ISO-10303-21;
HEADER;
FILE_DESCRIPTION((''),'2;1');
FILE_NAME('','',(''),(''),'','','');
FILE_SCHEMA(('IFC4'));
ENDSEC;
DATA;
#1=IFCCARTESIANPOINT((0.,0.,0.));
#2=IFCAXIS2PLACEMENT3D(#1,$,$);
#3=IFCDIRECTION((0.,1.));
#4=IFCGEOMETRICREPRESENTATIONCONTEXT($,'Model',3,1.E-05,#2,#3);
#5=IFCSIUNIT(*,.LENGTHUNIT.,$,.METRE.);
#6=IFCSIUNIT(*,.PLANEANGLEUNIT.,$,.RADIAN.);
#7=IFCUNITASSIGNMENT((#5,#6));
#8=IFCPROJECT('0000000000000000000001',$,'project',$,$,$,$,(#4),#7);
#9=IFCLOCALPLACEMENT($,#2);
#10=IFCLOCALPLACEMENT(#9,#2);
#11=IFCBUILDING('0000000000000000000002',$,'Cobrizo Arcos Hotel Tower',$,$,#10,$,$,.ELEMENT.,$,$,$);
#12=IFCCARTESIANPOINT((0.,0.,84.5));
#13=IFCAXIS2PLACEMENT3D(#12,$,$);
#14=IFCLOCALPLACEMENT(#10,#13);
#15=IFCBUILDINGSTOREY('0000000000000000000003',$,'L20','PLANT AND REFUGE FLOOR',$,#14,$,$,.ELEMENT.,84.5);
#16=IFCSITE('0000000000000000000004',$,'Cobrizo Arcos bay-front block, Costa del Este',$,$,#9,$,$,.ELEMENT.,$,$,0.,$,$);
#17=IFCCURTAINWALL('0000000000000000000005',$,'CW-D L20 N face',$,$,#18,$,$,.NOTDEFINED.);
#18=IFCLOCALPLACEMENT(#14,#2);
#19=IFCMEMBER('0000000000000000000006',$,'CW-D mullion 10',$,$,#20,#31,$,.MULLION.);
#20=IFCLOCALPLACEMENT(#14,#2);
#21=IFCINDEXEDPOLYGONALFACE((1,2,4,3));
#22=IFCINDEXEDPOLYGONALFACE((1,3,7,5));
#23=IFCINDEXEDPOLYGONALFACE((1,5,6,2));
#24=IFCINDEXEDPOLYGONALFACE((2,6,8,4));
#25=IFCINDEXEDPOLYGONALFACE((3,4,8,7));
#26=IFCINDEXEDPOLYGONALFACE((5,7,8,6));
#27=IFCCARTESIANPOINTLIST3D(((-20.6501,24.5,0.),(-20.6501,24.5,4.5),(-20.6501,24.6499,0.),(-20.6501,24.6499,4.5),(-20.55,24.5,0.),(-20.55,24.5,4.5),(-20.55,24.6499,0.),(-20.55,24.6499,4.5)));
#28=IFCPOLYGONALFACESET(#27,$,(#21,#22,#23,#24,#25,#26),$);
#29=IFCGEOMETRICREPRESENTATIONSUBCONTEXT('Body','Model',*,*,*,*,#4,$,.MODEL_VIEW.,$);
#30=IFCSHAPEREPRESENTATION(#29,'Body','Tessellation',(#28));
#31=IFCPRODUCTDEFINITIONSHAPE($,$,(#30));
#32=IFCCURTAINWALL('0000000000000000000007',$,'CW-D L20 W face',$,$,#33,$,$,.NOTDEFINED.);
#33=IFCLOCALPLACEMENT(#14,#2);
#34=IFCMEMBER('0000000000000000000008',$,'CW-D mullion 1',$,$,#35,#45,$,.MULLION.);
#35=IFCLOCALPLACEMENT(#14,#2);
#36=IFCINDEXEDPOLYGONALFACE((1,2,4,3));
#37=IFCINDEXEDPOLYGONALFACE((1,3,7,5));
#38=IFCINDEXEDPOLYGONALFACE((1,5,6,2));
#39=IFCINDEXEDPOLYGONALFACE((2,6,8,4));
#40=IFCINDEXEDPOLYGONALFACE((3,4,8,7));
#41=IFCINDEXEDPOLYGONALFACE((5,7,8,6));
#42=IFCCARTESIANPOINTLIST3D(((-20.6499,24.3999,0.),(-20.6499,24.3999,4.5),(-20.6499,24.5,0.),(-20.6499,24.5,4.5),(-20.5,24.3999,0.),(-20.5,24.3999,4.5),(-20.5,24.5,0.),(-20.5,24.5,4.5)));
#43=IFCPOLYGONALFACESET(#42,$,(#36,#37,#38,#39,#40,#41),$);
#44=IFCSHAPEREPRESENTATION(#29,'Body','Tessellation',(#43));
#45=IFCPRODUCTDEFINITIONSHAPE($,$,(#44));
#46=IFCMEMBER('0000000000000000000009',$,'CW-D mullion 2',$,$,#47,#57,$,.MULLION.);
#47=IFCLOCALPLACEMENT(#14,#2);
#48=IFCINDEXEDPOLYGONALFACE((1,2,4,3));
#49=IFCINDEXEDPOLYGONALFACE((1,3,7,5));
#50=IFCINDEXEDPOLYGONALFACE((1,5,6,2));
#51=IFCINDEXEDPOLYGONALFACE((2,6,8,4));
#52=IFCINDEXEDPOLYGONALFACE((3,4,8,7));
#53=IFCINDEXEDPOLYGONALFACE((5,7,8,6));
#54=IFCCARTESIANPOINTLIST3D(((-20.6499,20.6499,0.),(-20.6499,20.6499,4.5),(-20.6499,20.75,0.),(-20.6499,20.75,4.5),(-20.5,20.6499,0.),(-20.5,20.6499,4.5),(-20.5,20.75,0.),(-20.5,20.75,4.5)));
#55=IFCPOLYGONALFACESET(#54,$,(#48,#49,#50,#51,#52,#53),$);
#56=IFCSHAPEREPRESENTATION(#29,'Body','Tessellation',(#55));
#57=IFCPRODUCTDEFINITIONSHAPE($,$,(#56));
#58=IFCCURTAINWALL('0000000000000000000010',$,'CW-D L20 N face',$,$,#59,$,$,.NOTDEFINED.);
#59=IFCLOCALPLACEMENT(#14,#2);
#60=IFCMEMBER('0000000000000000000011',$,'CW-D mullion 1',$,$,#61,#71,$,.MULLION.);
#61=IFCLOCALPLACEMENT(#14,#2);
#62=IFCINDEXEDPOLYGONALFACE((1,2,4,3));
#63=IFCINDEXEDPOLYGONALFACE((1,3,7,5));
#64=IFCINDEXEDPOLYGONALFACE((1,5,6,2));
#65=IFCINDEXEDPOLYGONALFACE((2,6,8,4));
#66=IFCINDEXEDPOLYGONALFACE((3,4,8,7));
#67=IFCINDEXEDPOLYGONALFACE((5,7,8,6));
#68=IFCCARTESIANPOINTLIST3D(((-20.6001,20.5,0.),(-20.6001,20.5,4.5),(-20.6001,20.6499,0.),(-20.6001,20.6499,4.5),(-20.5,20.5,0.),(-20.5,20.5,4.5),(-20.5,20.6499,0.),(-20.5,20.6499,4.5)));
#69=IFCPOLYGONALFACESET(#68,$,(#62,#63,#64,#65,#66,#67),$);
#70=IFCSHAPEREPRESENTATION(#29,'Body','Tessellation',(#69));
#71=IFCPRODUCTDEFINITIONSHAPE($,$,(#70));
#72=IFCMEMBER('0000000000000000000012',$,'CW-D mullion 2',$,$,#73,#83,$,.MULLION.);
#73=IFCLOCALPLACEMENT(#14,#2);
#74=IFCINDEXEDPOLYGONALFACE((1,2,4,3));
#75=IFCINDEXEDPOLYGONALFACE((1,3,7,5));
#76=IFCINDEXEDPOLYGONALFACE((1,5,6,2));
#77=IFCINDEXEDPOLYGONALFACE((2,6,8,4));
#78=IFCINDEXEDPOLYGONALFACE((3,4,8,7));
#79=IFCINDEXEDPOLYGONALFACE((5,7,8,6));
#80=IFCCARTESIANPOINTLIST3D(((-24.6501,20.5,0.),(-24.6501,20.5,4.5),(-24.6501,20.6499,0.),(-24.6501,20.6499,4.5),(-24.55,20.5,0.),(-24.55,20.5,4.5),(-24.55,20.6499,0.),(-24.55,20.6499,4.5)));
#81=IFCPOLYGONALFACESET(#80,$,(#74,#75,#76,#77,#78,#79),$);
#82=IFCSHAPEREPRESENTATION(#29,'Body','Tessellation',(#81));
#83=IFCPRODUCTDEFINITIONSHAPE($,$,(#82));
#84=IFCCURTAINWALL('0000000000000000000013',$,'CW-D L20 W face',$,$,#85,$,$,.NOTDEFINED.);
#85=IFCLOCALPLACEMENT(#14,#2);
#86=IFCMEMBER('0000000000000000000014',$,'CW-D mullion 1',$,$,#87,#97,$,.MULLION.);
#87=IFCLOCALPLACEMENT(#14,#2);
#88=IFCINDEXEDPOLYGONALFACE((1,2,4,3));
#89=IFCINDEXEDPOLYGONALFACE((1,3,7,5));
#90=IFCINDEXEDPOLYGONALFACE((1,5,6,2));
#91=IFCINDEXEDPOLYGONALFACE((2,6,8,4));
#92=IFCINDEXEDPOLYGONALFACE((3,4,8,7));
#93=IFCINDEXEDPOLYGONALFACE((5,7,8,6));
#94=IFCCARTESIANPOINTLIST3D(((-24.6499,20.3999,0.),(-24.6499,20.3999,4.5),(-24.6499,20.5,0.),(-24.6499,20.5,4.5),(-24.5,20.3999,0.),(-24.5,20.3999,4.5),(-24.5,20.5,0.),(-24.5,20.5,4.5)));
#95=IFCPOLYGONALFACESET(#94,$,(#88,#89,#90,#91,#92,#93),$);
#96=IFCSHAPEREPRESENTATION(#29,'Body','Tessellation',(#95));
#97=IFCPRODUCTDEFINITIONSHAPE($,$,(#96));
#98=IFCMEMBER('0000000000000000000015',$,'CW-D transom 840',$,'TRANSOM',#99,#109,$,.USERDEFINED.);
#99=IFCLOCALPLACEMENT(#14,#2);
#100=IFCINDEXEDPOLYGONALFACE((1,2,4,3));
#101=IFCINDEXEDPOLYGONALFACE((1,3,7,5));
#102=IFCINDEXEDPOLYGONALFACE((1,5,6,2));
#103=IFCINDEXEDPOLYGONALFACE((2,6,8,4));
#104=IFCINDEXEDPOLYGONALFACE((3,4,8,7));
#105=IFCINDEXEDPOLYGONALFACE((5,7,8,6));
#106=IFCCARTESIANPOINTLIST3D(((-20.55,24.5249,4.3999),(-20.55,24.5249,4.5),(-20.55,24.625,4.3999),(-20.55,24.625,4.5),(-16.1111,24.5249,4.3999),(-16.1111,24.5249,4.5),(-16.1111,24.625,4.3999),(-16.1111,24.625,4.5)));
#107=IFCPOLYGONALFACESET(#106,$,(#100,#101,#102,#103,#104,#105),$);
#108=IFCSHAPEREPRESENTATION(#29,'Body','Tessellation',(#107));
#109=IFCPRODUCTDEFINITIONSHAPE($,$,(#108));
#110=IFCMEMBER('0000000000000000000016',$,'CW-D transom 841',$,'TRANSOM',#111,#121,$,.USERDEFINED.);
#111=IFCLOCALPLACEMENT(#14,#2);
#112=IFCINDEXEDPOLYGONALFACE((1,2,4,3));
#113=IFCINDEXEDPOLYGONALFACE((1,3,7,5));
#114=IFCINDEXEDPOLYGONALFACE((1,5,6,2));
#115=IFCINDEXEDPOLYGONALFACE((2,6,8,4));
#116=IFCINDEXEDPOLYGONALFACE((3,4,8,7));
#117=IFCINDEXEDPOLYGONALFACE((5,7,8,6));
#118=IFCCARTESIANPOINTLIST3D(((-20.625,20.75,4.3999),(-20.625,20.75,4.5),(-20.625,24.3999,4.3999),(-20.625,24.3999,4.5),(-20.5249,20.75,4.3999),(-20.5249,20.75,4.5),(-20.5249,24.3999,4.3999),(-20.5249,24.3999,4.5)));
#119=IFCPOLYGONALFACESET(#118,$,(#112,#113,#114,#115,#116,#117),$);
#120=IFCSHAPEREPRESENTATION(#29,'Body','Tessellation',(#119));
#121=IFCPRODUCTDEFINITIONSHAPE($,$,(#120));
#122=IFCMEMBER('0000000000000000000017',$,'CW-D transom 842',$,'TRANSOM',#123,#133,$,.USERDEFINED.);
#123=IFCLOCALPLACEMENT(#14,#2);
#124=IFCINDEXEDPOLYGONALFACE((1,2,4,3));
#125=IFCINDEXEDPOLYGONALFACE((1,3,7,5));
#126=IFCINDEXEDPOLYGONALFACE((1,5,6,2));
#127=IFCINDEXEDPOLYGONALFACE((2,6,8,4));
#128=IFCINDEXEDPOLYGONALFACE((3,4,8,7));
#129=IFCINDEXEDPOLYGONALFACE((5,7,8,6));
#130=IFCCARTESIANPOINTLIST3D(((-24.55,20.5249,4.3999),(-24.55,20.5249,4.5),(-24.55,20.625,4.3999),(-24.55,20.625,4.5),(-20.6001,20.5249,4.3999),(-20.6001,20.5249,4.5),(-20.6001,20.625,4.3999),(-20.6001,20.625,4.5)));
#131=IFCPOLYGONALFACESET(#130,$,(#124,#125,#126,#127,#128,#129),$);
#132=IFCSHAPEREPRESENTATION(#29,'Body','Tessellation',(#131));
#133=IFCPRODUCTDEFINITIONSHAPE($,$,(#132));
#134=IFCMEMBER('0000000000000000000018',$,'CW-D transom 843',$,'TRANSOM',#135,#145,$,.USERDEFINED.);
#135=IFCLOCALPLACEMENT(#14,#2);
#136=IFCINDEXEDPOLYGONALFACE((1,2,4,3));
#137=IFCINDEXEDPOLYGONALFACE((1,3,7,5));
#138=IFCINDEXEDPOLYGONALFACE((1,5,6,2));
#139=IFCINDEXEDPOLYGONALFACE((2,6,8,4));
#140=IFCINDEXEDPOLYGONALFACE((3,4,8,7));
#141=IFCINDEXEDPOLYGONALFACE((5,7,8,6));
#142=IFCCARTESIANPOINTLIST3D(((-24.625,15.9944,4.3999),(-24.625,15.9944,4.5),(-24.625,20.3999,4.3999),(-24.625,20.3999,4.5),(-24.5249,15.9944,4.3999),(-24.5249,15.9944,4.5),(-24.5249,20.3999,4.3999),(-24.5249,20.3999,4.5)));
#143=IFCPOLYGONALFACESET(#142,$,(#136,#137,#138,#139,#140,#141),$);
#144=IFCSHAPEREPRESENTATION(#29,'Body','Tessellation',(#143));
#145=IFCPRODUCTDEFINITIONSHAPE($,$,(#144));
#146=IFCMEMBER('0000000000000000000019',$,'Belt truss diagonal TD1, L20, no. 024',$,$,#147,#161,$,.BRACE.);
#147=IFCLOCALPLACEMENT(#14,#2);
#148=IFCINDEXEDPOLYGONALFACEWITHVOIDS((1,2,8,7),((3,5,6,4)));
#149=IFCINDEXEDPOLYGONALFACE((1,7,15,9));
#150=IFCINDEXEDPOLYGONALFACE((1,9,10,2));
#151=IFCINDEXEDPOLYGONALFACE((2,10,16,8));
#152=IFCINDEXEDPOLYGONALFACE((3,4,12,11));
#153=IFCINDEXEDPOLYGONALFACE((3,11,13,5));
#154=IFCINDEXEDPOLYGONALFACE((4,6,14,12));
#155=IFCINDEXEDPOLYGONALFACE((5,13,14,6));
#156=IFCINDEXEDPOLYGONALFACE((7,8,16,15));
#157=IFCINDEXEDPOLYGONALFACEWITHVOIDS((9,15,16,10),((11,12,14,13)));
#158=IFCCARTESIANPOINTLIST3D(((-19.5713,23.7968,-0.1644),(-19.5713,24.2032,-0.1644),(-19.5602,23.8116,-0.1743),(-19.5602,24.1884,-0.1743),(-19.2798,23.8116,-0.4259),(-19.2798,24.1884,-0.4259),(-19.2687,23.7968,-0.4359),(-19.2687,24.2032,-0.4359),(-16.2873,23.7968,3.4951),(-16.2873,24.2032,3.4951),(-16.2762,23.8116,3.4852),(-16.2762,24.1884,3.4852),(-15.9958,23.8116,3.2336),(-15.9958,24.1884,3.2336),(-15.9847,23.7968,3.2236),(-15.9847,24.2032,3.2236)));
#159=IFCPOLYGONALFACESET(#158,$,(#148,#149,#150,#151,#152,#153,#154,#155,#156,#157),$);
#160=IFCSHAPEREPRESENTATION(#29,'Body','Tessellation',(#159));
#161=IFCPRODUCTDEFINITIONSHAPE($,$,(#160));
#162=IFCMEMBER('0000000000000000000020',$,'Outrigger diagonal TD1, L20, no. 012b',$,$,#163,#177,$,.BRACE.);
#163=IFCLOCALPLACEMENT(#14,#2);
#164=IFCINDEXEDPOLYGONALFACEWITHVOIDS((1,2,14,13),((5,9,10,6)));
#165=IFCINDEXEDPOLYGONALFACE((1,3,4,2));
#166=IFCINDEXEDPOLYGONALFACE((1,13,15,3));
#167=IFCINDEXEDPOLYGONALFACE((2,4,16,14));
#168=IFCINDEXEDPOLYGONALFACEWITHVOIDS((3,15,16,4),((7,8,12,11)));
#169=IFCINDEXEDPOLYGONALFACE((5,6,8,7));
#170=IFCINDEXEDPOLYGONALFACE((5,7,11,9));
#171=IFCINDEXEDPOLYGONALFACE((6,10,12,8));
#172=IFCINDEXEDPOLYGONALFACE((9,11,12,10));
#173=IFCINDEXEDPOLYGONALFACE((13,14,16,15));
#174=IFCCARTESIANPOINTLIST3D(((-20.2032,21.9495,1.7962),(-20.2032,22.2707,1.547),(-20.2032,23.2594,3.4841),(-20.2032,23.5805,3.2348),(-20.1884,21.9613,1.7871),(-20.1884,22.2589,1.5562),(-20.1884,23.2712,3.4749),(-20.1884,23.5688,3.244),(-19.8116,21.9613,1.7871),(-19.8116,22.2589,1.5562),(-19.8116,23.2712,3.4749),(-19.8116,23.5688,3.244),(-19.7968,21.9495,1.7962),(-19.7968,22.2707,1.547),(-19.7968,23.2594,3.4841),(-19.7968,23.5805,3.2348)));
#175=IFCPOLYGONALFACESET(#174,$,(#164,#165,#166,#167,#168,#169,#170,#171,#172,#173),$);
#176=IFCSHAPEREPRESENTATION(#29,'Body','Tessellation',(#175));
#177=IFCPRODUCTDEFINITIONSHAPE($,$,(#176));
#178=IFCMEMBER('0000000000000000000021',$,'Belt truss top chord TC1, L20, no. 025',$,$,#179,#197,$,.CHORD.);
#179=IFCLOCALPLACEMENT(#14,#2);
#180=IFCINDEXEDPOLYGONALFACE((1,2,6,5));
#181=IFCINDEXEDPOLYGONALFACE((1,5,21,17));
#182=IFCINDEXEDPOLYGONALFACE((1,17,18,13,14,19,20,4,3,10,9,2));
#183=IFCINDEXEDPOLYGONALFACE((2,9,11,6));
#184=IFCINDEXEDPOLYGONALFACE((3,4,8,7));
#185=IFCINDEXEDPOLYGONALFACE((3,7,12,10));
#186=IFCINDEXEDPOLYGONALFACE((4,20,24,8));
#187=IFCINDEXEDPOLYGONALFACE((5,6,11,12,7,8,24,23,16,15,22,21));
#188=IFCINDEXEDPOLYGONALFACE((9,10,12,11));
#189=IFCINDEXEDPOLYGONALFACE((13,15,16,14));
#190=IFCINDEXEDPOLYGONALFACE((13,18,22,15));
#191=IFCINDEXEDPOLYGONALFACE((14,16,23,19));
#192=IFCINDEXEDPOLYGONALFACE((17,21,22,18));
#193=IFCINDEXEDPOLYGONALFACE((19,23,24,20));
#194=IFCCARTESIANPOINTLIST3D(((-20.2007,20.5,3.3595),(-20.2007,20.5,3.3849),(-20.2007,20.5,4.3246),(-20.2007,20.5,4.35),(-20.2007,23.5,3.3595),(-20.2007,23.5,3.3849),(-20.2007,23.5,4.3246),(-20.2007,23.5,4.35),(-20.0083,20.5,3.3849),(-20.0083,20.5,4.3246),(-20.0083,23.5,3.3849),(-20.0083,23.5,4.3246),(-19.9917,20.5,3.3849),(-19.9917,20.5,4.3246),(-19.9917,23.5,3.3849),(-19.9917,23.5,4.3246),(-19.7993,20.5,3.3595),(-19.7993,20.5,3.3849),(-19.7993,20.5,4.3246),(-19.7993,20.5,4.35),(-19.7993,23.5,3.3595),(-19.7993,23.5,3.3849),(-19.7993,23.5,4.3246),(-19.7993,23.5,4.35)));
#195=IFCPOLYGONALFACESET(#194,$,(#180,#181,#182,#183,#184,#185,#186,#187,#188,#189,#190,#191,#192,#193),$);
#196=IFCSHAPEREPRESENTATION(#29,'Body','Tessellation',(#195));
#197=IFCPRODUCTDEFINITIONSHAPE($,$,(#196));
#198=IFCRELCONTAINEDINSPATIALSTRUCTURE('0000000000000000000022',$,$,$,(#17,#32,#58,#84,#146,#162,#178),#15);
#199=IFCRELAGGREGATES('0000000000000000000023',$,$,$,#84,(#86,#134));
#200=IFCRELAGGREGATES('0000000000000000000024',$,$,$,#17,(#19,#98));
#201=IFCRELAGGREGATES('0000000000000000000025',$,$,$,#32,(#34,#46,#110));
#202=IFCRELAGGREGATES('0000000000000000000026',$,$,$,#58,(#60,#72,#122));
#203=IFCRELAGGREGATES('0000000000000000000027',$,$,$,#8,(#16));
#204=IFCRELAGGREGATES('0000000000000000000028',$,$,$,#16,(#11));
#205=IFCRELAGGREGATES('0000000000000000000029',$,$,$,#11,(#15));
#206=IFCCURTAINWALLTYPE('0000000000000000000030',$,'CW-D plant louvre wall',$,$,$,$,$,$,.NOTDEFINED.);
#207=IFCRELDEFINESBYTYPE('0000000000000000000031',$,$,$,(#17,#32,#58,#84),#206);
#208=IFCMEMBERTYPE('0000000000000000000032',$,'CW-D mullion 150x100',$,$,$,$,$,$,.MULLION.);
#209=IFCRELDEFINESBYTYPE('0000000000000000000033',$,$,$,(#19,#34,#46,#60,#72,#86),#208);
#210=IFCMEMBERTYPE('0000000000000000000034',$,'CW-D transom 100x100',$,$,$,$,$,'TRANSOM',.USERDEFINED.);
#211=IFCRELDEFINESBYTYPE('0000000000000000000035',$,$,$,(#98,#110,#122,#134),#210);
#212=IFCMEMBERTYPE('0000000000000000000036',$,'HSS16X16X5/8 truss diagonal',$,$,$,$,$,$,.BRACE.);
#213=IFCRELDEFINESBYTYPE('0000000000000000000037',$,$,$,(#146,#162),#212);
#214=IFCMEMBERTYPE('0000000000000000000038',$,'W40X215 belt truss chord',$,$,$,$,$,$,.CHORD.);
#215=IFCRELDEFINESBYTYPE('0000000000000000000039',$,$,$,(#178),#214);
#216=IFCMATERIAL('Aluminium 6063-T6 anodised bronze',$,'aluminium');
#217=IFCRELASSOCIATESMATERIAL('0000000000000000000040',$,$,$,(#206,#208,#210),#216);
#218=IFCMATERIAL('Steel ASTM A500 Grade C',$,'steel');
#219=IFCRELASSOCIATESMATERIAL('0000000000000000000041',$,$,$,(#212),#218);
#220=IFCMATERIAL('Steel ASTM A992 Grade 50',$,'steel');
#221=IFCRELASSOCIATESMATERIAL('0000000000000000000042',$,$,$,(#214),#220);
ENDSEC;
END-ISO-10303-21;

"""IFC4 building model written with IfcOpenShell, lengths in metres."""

from ifc_helpers import new_model, si_unit, direction, frame, origin, origin_2d, place, context, subcontext, project, spatial, rectangle, hollow_rectangle, i_section, extrude, material, material_profile, profile_set, type_object, element, aggregate, save


model = new_model("IFC4")

# Units and contexts
model_context = context("Model", 3, precision=1e-05, world=origin(), true_north=direction((0.0, 1.0)))
body_context = subcontext(model_context, "Body", "Model", "MODEL_VIEW")
ifc_project = project(units=[si_unit("LENGTHUNIT", "METRE"), si_unit("PLANEANGLEUNIT", "RADIAN")], contexts=[model_context])

# Site, building, storey
site_placement = place(None, origin())
site = spatial("IfcSite", under=ifc_project, at=site_placement, Name="Cobrizo Arcos bay-front block, Costa del Este", CompositionType="ELEMENT", RefElevation=0.0)
building_placement = place(site_placement, origin())
building = spatial("IfcBuilding", under=site, at=building_placement, Name="Cobrizo Arcos Hotel Tower", CompositionType="ELEMENT")
storey_placement = place(building_placement, frame((0.0, 0.0, 84.5)))
storey = spatial("IfcBuildingStorey", under=building, at=storey_placement, Name="L20", Description="PLANT AND REFUGE FLOOR", CompositionType="ELEMENT", Elevation=84.5)

# Curtain wall, member
ifc_material_1 = material(Name="Aluminium 6063-T6 anodised bronze", Category="aluminium")
curtain_wall_type = type_object("IfcCurtainWallType", Name="CW-D plant louvre wall", PredefinedType="NOTDEFINED", material=ifc_material_1)
curtain_wall_1_placement = place(storey_placement, origin())
curtain_wall_1 = element("IfcCurtainWall", 1, at=curtain_wall_1_placement, inside=storey, type_object=curtain_wall_type, Name="CW-D L20 N face", PredefinedType="NOTDEFINED")
ifc_material_profile_1 = material_profile(ifc_material_1, rectangle(XDim=0.1499, YDim=0.1001, at=origin_2d()), Name="CW-D mullion 150x100")
ifc_profile_set_1 = profile_set([ifc_material_profile_1], Name="Aluminium 6063-T6 anodised bronze")
member_type_1 = type_object("IfcMemberType", Name="CW-D mullion 150x100", PredefinedType="MULLION", material=ifc_profile_set_1)
member_1_placement = place(storey_placement, frame((-20.6001, 24.575, 0.0), z_axis=(0.0, 0.0, 1.0), x_axis=(0.0, 1.0, 0.0)))
member_1 = element("IfcMember", 2, at=member_1_placement, type_object=member_type_1, Name="CW-D mullion 10", PredefinedType="MULLION", context=body_context, shape_type="SweptSolid", body=[
    extrude(rectangle(XDim=0.1499, YDim=0.1001, at=origin_2d()), origin(), (0.0, 0.0, 1.0), 4.5),
])

# Curtain walls, members
curtain_wall_2_placement = place(storey_placement, origin())
curtain_wall_2 = element("IfcCurtainWall", 3, at=curtain_wall_2_placement, inside=storey, type_object=curtain_wall_type, Name="CW-D L20 W face", PredefinedType="NOTDEFINED")
member_2_placement = place(storey_placement, frame((-20.575, 24.45, 0.0), z_axis=(0.0, 0.0, 1.0), x_axis=(-1.0, 0.0, 0.0)))
member_2 = element("IfcMember", 4, at=member_2_placement, type_object=member_type_1, Name="CW-D mullion 1", PredefinedType="MULLION", context=body_context, shape_type="SweptSolid", body=[
    extrude(rectangle(XDim=0.1499, YDim=0.1001, at=origin_2d()), origin(), (0.0, 0.0, 1.0), 4.5),
])
member_3_placement = place(storey_placement, frame((-20.575, 20.7, 0.0), z_axis=(0.0, 0.0, 1.0), x_axis=(-1.0, 0.0, 0.0)))
member_3 = element("IfcMember", 5, at=member_3_placement, type_object=member_type_1, Name="CW-D mullion 2", PredefinedType="MULLION", context=body_context, shape_type="SweptSolid", body=[
    extrude(rectangle(XDim=0.1499, YDim=0.1001, at=origin_2d()), origin(), (0.0, 0.0, 1.0), 4.5),
])
curtain_wall_3_placement = place(storey_placement, origin())
curtain_wall_3 = element("IfcCurtainWall", 6, at=curtain_wall_3_placement, inside=storey, type_object=curtain_wall_type, Name="CW-D L20 N face", PredefinedType="NOTDEFINED")
member_4_placement = place(storey_placement, frame((-20.55, 20.575, 0.0), z_axis=(0.0, 0.0, 1.0), x_axis=(0.0, 1.0, 0.0)))
member_4 = element("IfcMember", 7, at=member_4_placement, type_object=member_type_1, Name="CW-D mullion 1", PredefinedType="MULLION", context=body_context, shape_type="SweptSolid", body=[
    extrude(rectangle(XDim=0.1499, YDim=0.1001, at=origin_2d()), origin(), (0.0, 0.0, 1.0), 4.5),
])
member_5_placement = place(storey_placement, frame((-24.6001, 20.575, 0.0), z_axis=(0.0, 0.0, 1.0), x_axis=(0.0, 1.0, 0.0)))
member_5 = element("IfcMember", 8, at=member_5_placement, type_object=member_type_1, Name="CW-D mullion 2", PredefinedType="MULLION", context=body_context, shape_type="SweptSolid", body=[
    extrude(rectangle(XDim=0.1499, YDim=0.1001, at=origin_2d()), origin(), (0.0, 0.0, 1.0), 4.5),
])

# Curtain wall, member
curtain_wall_4_placement = place(storey_placement, origin())
curtain_wall_4 = element("IfcCurtainWall", 9, at=curtain_wall_4_placement, inside=storey, type_object=curtain_wall_type, Name="CW-D L20 W face", PredefinedType="NOTDEFINED")
member_6_placement = place(storey_placement, frame((-24.575, 20.45, 0.0), z_axis=(0.0, 0.0, 1.0), x_axis=(-1.0, 0.0, 0.0)))
member_6 = element("IfcMember", 10, at=member_6_placement, type_object=member_type_1, Name="CW-D mullion 1", PredefinedType="MULLION", context=body_context, shape_type="SweptSolid", body=[
    extrude(rectangle(XDim=0.1499, YDim=0.1001, at=origin_2d()), origin(), (0.0, 0.0, 1.0), 4.5),
])

# Members
ifc_material_profile_2 = material_profile(ifc_material_1, rectangle(XDim=0.1001, YDim=0.1001, at=origin_2d()), Name="CW-D transom 100x100")
ifc_profile_set_2 = profile_set([ifc_material_profile_2], Name="Aluminium 6063-T6 anodised bronze")
member_type_2 = type_object("IfcMemberType", Name="CW-D transom 100x100", ElementType="TRANSOM", PredefinedType="USERDEFINED", material=ifc_profile_set_2)
member_7_placement = place(storey_placement, frame((-16.1111, 24.575, 4.45), z_axis=(-1.0, 0.0, 0.0), x_axis=(0.0, -1.0, 0.0)))
member_7 = element("IfcMember", 11, at=member_7_placement, type_object=member_type_2, Name="CW-D transom 840", ObjectType="TRANSOM", PredefinedType="USERDEFINED", context=body_context, shape_type="SweptSolid", body=[
    extrude(rectangle(XDim=0.1001, YDim=0.1001, at=origin_2d()), origin(), (0.0, 0.0, 1.0), 4.439),
])
member_8_placement = place(storey_placement, frame((-20.575, 24.3999, 4.45), z_axis=(0.0, -1.0, 0.0), x_axis=(1.0, 0.0, 0.0)))
member_8 = element("IfcMember", 12, at=member_8_placement, type_object=member_type_2, Name="CW-D transom 841", ObjectType="TRANSOM", PredefinedType="USERDEFINED", context=body_context, shape_type="SweptSolid", body=[
    extrude(rectangle(XDim=0.1001, YDim=0.1001, at=origin_2d()), origin(), (0.0, 0.0, 1.0), 3.6499),
])
member_9_placement = place(storey_placement, frame((-20.6001, 20.575, 4.45), z_axis=(-1.0, 0.0, 0.0), x_axis=(0.0, -1.0, 0.0)))
member_9 = element("IfcMember", 13, at=member_9_placement, type_object=member_type_2, Name="CW-D transom 842", ObjectType="TRANSOM", PredefinedType="USERDEFINED", context=body_context, shape_type="SweptSolid", body=[
    extrude(rectangle(XDim=0.1001, YDim=0.1001, at=origin_2d()), origin(), (0.0, 0.0, 1.0), 3.95),
])
member_10_placement = place(storey_placement, frame((-24.575, 20.3999, 4.45), z_axis=(0.0, -1.0, 0.0), x_axis=(1.0, 0.0, 0.0)))
member_10 = element("IfcMember", 14, at=member_10_placement, type_object=member_type_2, Name="CW-D transom 843", ObjectType="TRANSOM", PredefinedType="USERDEFINED", context=body_context, shape_type="SweptSolid", body=[
    extrude(rectangle(XDim=0.1001, YDim=0.1001, at=origin_2d()), origin(), (0.0, 0.0, 1.0), 4.4055),
])
aggregate(curtain_wall_4, [member_6, member_10])

# Members
ifc_material_2 = material(Name="Steel ASTM A500 Grade C", Category="steel")
ifc_material_profile_3 = material_profile(ifc_material_2, hollow_rectangle(XDim=0.4065, YDim=0.4065, WallThickness=0.0149, at=origin_2d()), Name="HSS16X16X5/8")
ifc_profile_set_3 = profile_set([ifc_material_profile_3], Name="Steel ASTM A500 Grade C")
member_type_3 = type_object("IfcMemberType", Name="HSS16X16X5/8 truss diagonal", PredefinedType="BRACE", material=ifc_profile_set_3)
member_11_placement = place(storey_placement, frame((-16.136, 24.0, 3.3594), z_axis=(-0.667891, 0.0, -0.744259), x_axis=(0.0, -1.0, 0.0)))
element("IfcMember", 15, at=member_11_placement, inside=storey, type_object=member_type_3, Name="Belt truss diagonal TD1, L20, no. 024", PredefinedType="BRACE", context=body_context, shape_type="SweptSolid", body=[
    extrude(hollow_rectangle(XDim=0.4065, YDim=0.4065, WallThickness=0.0149, at=origin_2d()), origin(), (0.0, 0.0, 1.0), 4.917),
])
member_12_placement = place(storey_placement, frame((-20.0, 22.1101, 1.6716), z_axis=(0.0, 0.613102, 0.790004), x_axis=(-1.0, 0.0, 0.0)))
element("IfcMember", 16, at=member_12_placement, inside=storey, type_object=member_type_3, Name="Outrigger diagonal TD1, L20, no. 012b", PredefinedType="BRACE", context=body_context, shape_type="SweptSolid", body=[
    extrude(hollow_rectangle(XDim=0.4065, YDim=0.4065, WallThickness=0.0149, at=origin_2d()), origin(), (0.0, 0.0, 1.0), 2.1365),
])
ifc_material_3 = material(Name="Steel ASTM A992 Grade 50", Category="steel")
ifc_material_profile_4 = material_profile(ifc_material_3, i_section(OverallWidth=0.4014, OverallDepth=0.9905, WebThickness=0.0166, FlangeThickness=0.0254, at=origin_2d()), Name="W40X215")
ifc_profile_set_4 = profile_set([ifc_material_profile_4], Name="Steel ASTM A992 Grade 50")
member_type_4 = type_object("IfcMemberType", Name="W40X215 belt truss chord", PredefinedType="CHORD", material=ifc_profile_set_4)
for number, where, z_axis, x_axis, name in (
    (17, (-20.0, 23.5, 3.8547), (0.0, -1.0, 0.0), (1.0, 0.0, 0.0), "Belt truss top chord TC1, L20, no. 025"),
):
    element("IfcMember", number, at=place(storey_placement, frame(where, z_axis=z_axis, x_axis=x_axis)), inside=storey, type_object=member_type_4, Name=name, PredefinedType="CHORD", context=body_context, shape_type="SweptSolid", body=[
        extrude(i_section(OverallWidth=0.4014, OverallDepth=0.9905, WebThickness=0.0166, FlangeThickness=0.0254, at=origin_2d()), origin(), (0.0, 0.0, 1.0), 3.0),
    ])

aggregate(curtain_wall_1, [member_1, member_7])
aggregate(curtain_wall_2, [member_2, member_3, member_8])
aggregate(curtain_wall_3, [member_4, member_5, member_9])

save(model, "model.ifc")
